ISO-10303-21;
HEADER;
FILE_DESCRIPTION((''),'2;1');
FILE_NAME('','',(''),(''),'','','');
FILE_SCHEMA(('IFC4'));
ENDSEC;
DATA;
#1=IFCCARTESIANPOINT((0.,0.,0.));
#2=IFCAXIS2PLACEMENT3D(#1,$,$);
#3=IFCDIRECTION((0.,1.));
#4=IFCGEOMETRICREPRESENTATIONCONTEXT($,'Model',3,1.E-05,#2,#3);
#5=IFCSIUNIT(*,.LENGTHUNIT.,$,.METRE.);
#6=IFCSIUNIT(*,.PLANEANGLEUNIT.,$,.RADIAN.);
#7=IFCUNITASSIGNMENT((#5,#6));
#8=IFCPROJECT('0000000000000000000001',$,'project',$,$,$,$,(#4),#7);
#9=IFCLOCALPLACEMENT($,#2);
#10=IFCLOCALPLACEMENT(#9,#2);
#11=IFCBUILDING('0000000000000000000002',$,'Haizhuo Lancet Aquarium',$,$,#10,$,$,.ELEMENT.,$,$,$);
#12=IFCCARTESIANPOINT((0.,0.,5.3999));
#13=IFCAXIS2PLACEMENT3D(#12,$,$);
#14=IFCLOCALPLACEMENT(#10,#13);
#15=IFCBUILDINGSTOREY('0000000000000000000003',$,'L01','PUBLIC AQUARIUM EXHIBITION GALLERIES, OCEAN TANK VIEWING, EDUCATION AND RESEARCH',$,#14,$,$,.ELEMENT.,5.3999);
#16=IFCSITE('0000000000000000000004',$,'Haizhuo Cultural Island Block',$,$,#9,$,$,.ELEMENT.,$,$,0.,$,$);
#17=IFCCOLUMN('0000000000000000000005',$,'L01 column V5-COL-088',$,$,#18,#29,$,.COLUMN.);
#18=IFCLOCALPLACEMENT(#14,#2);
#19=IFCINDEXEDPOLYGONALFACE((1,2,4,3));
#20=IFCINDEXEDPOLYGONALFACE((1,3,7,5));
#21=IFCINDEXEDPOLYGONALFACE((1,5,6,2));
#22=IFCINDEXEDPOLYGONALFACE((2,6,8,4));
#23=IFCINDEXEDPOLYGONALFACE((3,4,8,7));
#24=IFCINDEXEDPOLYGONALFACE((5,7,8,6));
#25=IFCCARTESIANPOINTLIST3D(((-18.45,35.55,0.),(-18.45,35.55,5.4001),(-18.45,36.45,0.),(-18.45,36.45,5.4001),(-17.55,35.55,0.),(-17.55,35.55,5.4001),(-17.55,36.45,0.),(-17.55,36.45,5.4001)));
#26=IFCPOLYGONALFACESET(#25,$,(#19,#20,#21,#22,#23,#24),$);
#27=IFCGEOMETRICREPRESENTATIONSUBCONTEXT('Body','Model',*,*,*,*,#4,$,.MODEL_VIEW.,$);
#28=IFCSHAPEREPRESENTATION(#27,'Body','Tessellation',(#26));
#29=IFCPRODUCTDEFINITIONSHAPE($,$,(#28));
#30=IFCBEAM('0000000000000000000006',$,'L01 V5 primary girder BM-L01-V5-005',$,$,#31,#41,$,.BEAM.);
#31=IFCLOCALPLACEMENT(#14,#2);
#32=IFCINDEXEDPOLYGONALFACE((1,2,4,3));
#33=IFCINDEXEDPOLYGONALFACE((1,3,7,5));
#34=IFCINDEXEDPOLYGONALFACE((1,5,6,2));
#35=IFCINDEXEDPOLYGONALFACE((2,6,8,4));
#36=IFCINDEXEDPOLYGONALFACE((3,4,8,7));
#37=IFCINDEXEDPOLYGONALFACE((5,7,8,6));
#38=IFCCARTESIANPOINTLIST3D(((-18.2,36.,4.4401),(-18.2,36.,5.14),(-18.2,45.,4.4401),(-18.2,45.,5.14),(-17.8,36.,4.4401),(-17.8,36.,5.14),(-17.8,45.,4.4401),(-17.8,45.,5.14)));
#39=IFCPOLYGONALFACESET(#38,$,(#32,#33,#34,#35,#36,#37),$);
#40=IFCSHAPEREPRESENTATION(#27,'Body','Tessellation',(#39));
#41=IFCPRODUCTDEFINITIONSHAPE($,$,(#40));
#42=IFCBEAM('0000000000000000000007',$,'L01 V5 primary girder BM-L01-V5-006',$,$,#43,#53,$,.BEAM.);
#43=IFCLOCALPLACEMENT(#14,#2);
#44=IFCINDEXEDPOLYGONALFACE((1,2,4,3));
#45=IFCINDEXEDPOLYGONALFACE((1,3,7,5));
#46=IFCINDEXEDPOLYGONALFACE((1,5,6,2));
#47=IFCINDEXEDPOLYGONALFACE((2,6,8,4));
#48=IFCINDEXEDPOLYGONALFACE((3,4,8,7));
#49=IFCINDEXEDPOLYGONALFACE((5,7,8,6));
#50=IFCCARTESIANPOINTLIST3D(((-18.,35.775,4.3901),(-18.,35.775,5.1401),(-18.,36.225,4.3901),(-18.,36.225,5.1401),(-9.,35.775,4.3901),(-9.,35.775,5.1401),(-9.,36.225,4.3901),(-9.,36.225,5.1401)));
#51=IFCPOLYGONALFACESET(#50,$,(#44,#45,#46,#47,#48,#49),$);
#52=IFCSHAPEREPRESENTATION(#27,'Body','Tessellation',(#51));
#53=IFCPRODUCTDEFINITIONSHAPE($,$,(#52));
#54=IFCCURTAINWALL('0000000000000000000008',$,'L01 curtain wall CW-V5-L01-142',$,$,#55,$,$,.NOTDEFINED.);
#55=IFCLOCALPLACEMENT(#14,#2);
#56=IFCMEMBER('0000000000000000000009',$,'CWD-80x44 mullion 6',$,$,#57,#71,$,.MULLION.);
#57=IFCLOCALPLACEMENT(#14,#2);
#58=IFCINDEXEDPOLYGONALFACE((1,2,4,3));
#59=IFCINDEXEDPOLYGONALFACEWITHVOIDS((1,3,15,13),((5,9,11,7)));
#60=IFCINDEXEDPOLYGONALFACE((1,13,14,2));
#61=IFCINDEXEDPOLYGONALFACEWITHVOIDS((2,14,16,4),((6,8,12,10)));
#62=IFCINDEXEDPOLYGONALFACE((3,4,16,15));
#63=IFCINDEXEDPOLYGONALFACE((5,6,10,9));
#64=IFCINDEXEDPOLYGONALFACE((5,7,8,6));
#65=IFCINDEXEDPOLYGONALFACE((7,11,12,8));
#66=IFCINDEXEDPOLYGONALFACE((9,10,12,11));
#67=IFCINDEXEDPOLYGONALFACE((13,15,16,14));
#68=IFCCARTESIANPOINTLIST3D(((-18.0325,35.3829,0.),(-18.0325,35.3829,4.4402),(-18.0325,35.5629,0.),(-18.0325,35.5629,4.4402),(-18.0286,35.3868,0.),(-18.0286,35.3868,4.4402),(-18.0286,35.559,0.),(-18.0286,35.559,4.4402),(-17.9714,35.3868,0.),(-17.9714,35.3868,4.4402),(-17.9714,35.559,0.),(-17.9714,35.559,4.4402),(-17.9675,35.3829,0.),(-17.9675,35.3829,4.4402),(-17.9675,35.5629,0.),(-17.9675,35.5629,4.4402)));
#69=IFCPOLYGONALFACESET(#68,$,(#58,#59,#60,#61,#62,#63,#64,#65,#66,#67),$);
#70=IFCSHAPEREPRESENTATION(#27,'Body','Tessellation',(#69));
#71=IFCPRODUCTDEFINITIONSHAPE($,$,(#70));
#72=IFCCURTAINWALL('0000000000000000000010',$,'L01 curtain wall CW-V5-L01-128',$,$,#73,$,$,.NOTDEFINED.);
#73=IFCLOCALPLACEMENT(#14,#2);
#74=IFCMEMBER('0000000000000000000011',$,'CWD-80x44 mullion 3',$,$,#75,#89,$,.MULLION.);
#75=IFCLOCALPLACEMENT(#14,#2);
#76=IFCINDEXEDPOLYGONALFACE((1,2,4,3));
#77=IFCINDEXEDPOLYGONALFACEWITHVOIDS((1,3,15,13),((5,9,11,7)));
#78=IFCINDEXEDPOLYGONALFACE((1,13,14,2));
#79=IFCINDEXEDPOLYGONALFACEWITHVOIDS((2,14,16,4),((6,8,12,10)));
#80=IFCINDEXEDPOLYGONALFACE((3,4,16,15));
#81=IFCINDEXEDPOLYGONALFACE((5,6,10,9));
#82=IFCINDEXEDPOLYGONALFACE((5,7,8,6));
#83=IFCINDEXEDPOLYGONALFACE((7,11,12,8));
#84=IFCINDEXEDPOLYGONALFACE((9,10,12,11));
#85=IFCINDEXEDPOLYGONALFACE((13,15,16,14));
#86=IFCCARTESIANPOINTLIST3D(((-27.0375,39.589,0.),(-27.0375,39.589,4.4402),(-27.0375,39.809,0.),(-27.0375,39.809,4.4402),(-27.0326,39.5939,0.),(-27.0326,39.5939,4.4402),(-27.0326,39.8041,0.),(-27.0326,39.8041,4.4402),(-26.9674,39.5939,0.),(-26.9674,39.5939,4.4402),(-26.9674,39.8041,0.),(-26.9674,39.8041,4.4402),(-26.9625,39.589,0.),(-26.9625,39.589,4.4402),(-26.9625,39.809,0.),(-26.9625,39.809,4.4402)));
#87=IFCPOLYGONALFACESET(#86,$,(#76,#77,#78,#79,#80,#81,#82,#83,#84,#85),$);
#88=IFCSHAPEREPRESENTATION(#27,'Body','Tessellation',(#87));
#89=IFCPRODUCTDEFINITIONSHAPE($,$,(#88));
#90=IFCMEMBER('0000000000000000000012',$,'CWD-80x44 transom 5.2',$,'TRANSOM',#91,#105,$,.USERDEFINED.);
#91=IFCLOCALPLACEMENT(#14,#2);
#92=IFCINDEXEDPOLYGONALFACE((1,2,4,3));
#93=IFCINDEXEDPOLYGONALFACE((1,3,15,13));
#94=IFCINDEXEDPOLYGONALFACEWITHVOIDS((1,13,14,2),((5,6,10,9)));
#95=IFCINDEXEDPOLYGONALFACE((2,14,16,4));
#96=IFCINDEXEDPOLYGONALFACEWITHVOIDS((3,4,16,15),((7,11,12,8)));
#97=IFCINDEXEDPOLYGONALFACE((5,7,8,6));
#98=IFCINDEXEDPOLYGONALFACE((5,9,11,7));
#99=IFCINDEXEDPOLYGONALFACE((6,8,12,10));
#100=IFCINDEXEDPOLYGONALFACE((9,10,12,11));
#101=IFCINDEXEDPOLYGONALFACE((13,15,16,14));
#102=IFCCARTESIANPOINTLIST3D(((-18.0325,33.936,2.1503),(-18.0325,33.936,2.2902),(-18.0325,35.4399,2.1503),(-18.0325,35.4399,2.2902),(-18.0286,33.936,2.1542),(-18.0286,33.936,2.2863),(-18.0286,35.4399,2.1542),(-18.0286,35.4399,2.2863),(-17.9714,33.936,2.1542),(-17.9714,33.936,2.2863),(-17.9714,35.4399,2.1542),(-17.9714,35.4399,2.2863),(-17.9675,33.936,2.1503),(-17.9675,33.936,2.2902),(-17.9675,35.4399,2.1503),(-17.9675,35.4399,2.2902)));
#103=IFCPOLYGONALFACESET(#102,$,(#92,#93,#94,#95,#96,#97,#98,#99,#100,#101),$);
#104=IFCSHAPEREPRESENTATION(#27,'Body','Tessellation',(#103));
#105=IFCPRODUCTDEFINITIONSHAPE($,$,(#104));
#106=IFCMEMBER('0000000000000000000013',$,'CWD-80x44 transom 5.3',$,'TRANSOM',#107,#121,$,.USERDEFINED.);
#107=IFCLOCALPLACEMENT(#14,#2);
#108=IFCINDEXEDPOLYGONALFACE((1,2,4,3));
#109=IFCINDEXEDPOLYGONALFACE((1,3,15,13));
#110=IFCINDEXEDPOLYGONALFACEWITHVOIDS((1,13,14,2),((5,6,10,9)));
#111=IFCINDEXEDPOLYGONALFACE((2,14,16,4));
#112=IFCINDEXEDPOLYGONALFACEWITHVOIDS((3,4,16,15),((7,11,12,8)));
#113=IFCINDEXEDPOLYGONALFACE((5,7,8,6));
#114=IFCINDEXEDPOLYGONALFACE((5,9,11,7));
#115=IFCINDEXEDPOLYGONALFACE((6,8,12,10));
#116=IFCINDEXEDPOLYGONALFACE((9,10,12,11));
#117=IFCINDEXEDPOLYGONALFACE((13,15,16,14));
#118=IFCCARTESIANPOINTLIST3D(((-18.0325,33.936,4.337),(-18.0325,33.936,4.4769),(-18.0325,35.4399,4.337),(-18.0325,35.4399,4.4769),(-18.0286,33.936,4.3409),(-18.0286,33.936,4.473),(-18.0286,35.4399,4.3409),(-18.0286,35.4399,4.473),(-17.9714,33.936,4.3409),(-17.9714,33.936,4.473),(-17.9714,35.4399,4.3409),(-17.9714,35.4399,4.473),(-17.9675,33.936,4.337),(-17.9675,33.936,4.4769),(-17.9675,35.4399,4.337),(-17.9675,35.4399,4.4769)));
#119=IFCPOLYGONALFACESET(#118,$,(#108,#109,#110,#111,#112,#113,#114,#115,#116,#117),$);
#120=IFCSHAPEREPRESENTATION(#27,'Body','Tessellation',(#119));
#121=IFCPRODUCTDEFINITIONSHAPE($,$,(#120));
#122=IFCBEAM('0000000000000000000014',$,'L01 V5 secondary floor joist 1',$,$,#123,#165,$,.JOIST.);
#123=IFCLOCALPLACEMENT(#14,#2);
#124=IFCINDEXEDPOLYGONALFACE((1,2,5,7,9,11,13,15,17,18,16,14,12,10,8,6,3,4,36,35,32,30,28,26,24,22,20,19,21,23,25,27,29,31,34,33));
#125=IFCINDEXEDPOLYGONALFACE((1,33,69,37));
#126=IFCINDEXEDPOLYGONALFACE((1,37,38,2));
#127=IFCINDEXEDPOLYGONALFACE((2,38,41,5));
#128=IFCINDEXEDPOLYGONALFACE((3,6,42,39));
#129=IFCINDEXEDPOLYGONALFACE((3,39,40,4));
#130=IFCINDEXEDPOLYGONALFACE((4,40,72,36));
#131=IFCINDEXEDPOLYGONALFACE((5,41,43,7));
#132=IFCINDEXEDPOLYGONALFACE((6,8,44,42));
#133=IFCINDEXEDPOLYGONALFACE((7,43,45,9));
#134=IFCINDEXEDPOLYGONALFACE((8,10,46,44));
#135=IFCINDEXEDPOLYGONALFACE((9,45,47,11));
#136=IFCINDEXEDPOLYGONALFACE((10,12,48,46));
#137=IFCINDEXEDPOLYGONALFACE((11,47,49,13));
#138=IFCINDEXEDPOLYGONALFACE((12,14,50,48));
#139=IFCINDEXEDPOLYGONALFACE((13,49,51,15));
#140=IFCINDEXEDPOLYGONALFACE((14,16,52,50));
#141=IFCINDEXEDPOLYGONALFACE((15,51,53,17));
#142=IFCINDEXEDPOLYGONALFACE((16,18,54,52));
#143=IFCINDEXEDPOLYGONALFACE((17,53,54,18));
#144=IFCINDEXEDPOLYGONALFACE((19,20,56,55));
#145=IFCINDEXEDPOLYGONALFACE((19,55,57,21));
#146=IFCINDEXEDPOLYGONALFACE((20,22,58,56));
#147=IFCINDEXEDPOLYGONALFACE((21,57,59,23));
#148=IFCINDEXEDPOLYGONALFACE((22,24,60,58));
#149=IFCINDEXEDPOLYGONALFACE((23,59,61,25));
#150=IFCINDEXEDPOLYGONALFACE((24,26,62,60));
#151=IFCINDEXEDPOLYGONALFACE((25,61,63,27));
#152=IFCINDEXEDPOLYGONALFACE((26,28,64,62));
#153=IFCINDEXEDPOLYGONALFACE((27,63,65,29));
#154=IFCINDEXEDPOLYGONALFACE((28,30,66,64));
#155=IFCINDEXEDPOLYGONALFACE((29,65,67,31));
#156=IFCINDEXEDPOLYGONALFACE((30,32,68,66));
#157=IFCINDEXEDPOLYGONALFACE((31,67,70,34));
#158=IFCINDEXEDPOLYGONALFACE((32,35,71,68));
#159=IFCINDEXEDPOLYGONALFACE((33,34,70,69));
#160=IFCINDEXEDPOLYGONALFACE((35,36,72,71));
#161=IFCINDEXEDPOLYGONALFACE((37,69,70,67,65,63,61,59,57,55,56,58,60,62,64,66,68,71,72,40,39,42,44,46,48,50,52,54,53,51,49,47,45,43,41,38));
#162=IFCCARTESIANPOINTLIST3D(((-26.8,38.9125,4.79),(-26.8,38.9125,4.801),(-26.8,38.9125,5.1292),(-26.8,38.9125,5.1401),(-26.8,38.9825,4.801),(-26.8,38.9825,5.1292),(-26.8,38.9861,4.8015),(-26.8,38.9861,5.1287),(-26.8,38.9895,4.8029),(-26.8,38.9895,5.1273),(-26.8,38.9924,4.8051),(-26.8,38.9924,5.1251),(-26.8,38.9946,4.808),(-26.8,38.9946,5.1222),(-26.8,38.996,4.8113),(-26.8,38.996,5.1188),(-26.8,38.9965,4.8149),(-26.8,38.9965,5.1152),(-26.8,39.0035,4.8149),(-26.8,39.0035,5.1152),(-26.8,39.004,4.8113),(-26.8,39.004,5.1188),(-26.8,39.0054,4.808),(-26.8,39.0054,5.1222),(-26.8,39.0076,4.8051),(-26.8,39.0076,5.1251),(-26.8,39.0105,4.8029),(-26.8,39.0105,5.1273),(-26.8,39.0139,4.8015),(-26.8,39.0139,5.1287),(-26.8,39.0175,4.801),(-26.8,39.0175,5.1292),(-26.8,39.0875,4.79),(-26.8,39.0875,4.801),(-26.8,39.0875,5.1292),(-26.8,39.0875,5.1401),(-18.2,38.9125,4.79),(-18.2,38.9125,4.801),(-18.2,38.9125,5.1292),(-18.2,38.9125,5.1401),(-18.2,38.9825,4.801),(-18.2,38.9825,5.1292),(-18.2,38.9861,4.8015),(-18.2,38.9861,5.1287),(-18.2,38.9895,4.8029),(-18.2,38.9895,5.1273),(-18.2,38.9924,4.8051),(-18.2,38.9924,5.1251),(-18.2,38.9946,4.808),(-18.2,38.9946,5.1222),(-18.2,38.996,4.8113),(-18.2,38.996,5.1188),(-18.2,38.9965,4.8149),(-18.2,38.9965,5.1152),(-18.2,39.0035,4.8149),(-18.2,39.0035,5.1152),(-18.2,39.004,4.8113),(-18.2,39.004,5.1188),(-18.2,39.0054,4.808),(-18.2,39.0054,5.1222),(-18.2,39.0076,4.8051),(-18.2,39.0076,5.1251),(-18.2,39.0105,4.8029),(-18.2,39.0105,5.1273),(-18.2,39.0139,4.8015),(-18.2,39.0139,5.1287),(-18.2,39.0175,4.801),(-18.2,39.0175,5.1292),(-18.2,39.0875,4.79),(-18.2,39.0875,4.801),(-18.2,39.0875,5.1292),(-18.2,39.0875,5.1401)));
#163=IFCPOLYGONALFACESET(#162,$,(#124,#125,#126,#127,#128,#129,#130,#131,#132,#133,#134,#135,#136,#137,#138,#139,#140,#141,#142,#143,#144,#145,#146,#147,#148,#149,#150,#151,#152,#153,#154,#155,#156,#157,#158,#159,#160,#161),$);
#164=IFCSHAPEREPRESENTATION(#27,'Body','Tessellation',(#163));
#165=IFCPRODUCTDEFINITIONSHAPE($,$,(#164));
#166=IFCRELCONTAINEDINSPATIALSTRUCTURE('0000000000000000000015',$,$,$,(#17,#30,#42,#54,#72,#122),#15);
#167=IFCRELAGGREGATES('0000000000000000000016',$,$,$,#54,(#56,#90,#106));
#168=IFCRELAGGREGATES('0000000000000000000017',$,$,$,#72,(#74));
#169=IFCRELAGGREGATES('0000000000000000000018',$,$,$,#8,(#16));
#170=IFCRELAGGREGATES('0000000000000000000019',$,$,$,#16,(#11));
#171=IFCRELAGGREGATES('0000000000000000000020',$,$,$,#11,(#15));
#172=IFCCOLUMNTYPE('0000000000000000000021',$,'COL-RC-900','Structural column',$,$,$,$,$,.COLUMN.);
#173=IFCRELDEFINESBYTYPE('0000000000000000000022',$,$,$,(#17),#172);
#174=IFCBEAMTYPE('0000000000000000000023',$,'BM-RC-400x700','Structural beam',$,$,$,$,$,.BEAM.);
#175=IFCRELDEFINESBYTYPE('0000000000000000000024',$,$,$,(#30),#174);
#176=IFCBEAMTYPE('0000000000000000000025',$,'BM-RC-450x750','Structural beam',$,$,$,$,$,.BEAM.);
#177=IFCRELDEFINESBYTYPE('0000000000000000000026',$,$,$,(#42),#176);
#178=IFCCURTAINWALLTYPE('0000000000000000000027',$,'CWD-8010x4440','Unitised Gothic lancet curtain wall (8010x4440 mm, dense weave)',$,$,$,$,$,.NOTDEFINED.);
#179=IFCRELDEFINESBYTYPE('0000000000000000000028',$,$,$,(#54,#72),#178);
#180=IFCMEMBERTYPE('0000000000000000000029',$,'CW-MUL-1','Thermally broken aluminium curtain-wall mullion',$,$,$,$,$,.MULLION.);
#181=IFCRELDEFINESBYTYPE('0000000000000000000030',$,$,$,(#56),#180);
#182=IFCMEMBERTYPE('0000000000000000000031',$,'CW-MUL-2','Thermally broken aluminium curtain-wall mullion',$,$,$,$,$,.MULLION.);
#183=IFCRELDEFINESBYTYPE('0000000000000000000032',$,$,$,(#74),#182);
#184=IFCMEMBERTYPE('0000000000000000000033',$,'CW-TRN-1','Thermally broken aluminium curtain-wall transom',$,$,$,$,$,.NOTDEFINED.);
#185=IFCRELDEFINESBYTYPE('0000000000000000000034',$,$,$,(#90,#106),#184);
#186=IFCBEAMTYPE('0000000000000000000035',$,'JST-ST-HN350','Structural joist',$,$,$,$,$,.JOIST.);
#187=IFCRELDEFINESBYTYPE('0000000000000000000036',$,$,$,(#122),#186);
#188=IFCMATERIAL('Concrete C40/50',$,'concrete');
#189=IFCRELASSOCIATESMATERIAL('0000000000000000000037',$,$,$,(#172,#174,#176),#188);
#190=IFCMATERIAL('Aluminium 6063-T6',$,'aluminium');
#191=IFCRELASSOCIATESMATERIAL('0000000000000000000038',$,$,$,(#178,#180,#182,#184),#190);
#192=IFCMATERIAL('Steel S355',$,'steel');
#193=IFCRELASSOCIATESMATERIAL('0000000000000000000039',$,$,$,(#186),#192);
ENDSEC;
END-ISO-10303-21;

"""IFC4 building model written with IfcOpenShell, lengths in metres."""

from ifc_helpers import new_model, si_unit, direction, frame, origin, origin_2d, place, context, subcontext, project, spatial, rectangle, hollow_rectangle, i_section, extrude, material, material_profile, profile_set, type_object, element, aggregate, save


model = new_model("IFC4")

# Units and contexts
model_context = context("Model", 3, precision=1e-05, world=origin(), true_north=direction((0.0, 1.0)))
body_context = subcontext(model_context, "Body", "Model", "MODEL_VIEW")
ifc_project = project(units=[si_unit("LENGTHUNIT", "METRE"), si_unit("PLANEANGLEUNIT", "RADIAN")], contexts=[model_context])

# Site, building, storey
site_placement = place(None, origin())
site = spatial("IfcSite", under=ifc_project, at=site_placement, Name="Haizhuo Cultural Island Block", CompositionType="ELEMENT", RefElevation=0.0)
building_placement = place(site_placement, origin())
building = spatial("IfcBuilding", under=site, at=building_placement, Name="Haizhuo Lancet Aquarium", CompositionType="ELEMENT")
storey_placement = place(building_placement, frame((0.0, 0.0, 5.3999)))
storey = spatial("IfcBuildingStorey", under=building, at=storey_placement, Name="L01", Description="PUBLIC AQUARIUM EXHIBITION GALLERIES, OCEAN TANK VIEWING, EDUCATION AND RESEARCH", CompositionType="ELEMENT", Elevation=5.3999)

# Column
ifc_material_1 = material(Name="Concrete C40/50", Category="concrete")
ifc_material_profile_1 = material_profile(ifc_material_1, rectangle(XDim=0.8999, YDim=0.8999, at=origin_2d()), Name="RC-COL 900x900")
ifc_profile_set_1 = profile_set([ifc_material_profile_1], Name="Concrete C40/50")
column_type = type_object("IfcColumnType", Name="COL-RC-900", Description="Structural column", PredefinedType="COLUMN", material=ifc_profile_set_1)
column_placement = place(storey_placement, frame((-18.0, 36.0, 0.0), z_axis=(0.0, 0.0, 1.0), x_axis=(1.0, 0.0, 0.0)))
element("IfcColumn", 1, at=column_placement, inside=storey, type_object=column_type, Name="L01 column V5-COL-088", PredefinedType="COLUMN", context=body_context, shape_type="SweptSolid", body=[
    extrude(rectangle(XDim=0.8999, YDim=0.8999, at=origin_2d()), origin(), (0.0, 0.0, 1.0), 5.4001),
])

# Beams
ifc_material_profile_2 = material_profile(ifc_material_1, rectangle(XDim=0.3999, YDim=0.7, at=origin_2d()), Name="RC-BM 400x700")
ifc_profile_set_2 = profile_set([ifc_material_profile_2], Name="Concrete C40/50")
beam_type_1 = type_object("IfcBeamType", Name="BM-RC-400x700", Description="Structural beam", PredefinedType="BEAM", material=ifc_profile_set_2)
beam_1_placement = place(storey_placement, frame((-18.0, 36.0, 4.79), z_axis=(0.0, 1.0, 0.0), x_axis=(-1.0, 0.0, 0.0)))
element("IfcBeam", 2, at=beam_1_placement, inside=storey, type_object=beam_type_1, Name="L01 V5 primary girder BM-L01-V5-005", PredefinedType="BEAM", context=body_context, shape_type="SweptSolid", body=[
    extrude(rectangle(XDim=0.3999, YDim=0.7, at=origin_2d()), origin(), (0.0, 0.0, 1.0), 9.0),
])
ifc_material_profile_3 = material_profile(ifc_material_1, rectangle(XDim=0.45, YDim=0.75, at=origin_2d()), Name="RC-BM 450x750")
ifc_profile_set_3 = profile_set([ifc_material_profile_3], Name="Concrete C40/50")
beam_type_2 = type_object("IfcBeamType", Name="BM-RC-450x750", Description="Structural beam", PredefinedType="BEAM", material=ifc_profile_set_3)
beam_2_placement = place(storey_placement, frame((-18.0, 36.0, 4.7651), z_axis=(1.0, 0.0, 0.0), x_axis=(0.0, 1.0, 0.0)))
element("IfcBeam", 3, at=beam_2_placement, inside=storey, type_object=beam_type_2, Name="L01 V5 primary girder BM-L01-V5-006", PredefinedType="BEAM", context=body_context, shape_type="SweptSolid", body=[
    extrude(rectangle(XDim=0.45, YDim=0.75, at=origin_2d()), origin(), (0.0, 0.0, 1.0), 9.0),
])

# Curtain walls, members
ifc_material_2 = material(Name="Aluminium 6063-T6", Category="aluminium")
curtain_wall_type = type_object("IfcCurtainWallType", Name="CWD-8010x4440", Description="Unitised Gothic lancet curtain wall (8010x4440 mm, dense weave)", PredefinedType="NOTDEFINED", material=ifc_material_2)
curtain_wall_1_placement = place(storey_placement, origin())
curtain_wall_1 = element("IfcCurtainWall", 4, at=curtain_wall_1_placement, inside=storey, type_object=curtain_wall_type, Name="L01 curtain wall CW-V5-L01-142", PredefinedType="NOTDEFINED")
ifc_material_profile_4 = material_profile(ifc_material_2, hollow_rectangle(XDim=0.0649, YDim=0.1799, WallThickness=0.0039, at=origin_2d()), Name="ALU-M 65x180x4")
ifc_profile_set_4 = profile_set([ifc_material_profile_4], Name="Aluminium 6063-T6")
member_type_1 = type_object("IfcMemberType", Name="CW-MUL-1", Description="Thermally broken aluminium curtain-wall mullion", PredefinedType="MULLION", material=ifc_profile_set_4)
member_1_placement = place(storey_placement, frame((-18.0, 35.4729, 0.0), z_axis=(0.0, 0.0, 1.0), x_axis=(-1.0, 0.0, 0.0)))
member_1 = element("IfcMember", 5, at=member_1_placement, type_object=member_type_1, Name="CWD-80x44 mullion 6", PredefinedType="MULLION", context=body_context, shape_type="SweptSolid", body=[
    extrude(hollow_rectangle(XDim=0.0649, YDim=0.1799, WallThickness=0.0039, at=origin_2d()), origin(), (0.0, 0.0, 1.0), 4.4402),
])
curtain_wall_2_placement = place(storey_placement, origin())
curtain_wall_2 = element("IfcCurtainWall", 6, at=curtain_wall_2_placement, inside=storey, type_object=curtain_wall_type, Name="L01 curtain wall CW-V5-L01-128", PredefinedType="NOTDEFINED")
ifc_material_profile_5 = material_profile(ifc_material_2, hollow_rectangle(XDim=0.075, YDim=0.22, WallThickness=0.0049, at=origin_2d()), Name="ALU-M 75x220x5")
ifc_profile_set_5 = profile_set([ifc_material_profile_5], Name="Aluminium 6063-T6")
member_type_2 = type_object("IfcMemberType", Name="CW-MUL-2", Description="Thermally broken aluminium curtain-wall mullion", PredefinedType="MULLION", material=ifc_profile_set_5)
member_2_placement = place(storey_placement, frame((-27.0, 39.699, 0.0), z_axis=(0.0, 0.0, 1.0), x_axis=(-1.0, 0.0, 0.0)))
member_2 = element("IfcMember", 7, at=member_2_placement, type_object=member_type_2, Name="CWD-80x44 mullion 3", PredefinedType="MULLION", context=body_context, shape_type="SweptSolid", body=[
    extrude(hollow_rectangle(XDim=0.075, YDim=0.22, WallThickness=0.0049, at=origin_2d()), origin(), (0.0, 0.0, 1.0), 4.4402),
])

# Members
ifc_material_profile_6 = material_profile(ifc_material_2, hollow_rectangle(XDim=0.0649, YDim=0.1399, WallThickness=0.0039, at=origin_2d()), Name="ALU-T 65x140x4")
ifc_profile_set_6 = profile_set([ifc_material_profile_6], Name="Aluminium 6063-T6")
member_type_3 = type_object("IfcMemberType", Name="CW-TRN-1", Description="Thermally broken aluminium curtain-wall transom", PredefinedType="NOTDEFINED", material=ifc_profile_set_6)
member_3_placement = place(storey_placement, frame((-18.0, 33.936, 2.2202), z_axis=(0.0, 1.0, 0.0), x_axis=(-1.0, 0.0, 0.0)))
member_3 = element("IfcMember", 8, at=member_3_placement, type_object=member_type_3, Name="CWD-80x44 transom 5.2", ObjectType="TRANSOM", PredefinedType="USERDEFINED", context=body_context, shape_type="SweptSolid", body=[
    extrude(hollow_rectangle(XDim=0.0649, YDim=0.1399, WallThickness=0.0039, at=origin_2d()), origin(), (0.0, 0.0, 1.0), 1.5039),
])
member_4_placement = place(storey_placement, frame((-18.0, 33.936, 4.407), z_axis=(0.0, 1.0, 0.0), x_axis=(-1.0, 0.0, 0.0)))
member_4 = element("IfcMember", 9, at=member_4_placement, type_object=member_type_3, Name="CWD-80x44 transom 5.3", ObjectType="TRANSOM", PredefinedType="USERDEFINED", context=body_context, shape_type="SweptSolid", body=[
    extrude(hollow_rectangle(XDim=0.0649, YDim=0.1399, WallThickness=0.0039, at=origin_2d()), origin(), (0.0, 0.0, 1.0), 1.5039),
])

# Beam
ifc_material_3 = material(Name="Steel S355", Category="steel")
ifc_material_profile_7 = material_profile(ifc_material_3, i_section(OverallWidth=0.175, OverallDepth=0.3501, WebThickness=0.0071, FlangeThickness=0.011, FilletRadius=0.0139, at=origin_2d()), Name="HN 350x175x7x11")
ifc_profile_set_7 = profile_set([ifc_material_profile_7], Name="Steel S355")
beam_type_3 = type_object("IfcBeamType", Name="JST-ST-HN350", Description="Structural joist", PredefinedType="JOIST", material=ifc_profile_set_7)
beam_3_placement = place(storey_placement, frame((-26.8, 39.0, 4.9651), z_axis=(1.0, 0.0, 0.0), x_axis=(0.0, 1.0, 0.0)))
element("IfcBeam", 10, at=beam_3_placement, inside=storey, type_object=beam_type_3, Name="L01 V5 secondary floor joist 1", PredefinedType="JOIST", context=body_context, shape_type="SweptSolid", body=[
    extrude(i_section(OverallWidth=0.175, OverallDepth=0.3501, WebThickness=0.0071, FlangeThickness=0.011, FilletRadius=0.0139, at=origin_2d()), origin(), (0.0, 0.0, 1.0), 8.6001),
])

aggregate(curtain_wall_1, [member_1, member_3, member_4])
aggregate(curtain_wall_2, [member_2])

save(model, "model.ifc")
